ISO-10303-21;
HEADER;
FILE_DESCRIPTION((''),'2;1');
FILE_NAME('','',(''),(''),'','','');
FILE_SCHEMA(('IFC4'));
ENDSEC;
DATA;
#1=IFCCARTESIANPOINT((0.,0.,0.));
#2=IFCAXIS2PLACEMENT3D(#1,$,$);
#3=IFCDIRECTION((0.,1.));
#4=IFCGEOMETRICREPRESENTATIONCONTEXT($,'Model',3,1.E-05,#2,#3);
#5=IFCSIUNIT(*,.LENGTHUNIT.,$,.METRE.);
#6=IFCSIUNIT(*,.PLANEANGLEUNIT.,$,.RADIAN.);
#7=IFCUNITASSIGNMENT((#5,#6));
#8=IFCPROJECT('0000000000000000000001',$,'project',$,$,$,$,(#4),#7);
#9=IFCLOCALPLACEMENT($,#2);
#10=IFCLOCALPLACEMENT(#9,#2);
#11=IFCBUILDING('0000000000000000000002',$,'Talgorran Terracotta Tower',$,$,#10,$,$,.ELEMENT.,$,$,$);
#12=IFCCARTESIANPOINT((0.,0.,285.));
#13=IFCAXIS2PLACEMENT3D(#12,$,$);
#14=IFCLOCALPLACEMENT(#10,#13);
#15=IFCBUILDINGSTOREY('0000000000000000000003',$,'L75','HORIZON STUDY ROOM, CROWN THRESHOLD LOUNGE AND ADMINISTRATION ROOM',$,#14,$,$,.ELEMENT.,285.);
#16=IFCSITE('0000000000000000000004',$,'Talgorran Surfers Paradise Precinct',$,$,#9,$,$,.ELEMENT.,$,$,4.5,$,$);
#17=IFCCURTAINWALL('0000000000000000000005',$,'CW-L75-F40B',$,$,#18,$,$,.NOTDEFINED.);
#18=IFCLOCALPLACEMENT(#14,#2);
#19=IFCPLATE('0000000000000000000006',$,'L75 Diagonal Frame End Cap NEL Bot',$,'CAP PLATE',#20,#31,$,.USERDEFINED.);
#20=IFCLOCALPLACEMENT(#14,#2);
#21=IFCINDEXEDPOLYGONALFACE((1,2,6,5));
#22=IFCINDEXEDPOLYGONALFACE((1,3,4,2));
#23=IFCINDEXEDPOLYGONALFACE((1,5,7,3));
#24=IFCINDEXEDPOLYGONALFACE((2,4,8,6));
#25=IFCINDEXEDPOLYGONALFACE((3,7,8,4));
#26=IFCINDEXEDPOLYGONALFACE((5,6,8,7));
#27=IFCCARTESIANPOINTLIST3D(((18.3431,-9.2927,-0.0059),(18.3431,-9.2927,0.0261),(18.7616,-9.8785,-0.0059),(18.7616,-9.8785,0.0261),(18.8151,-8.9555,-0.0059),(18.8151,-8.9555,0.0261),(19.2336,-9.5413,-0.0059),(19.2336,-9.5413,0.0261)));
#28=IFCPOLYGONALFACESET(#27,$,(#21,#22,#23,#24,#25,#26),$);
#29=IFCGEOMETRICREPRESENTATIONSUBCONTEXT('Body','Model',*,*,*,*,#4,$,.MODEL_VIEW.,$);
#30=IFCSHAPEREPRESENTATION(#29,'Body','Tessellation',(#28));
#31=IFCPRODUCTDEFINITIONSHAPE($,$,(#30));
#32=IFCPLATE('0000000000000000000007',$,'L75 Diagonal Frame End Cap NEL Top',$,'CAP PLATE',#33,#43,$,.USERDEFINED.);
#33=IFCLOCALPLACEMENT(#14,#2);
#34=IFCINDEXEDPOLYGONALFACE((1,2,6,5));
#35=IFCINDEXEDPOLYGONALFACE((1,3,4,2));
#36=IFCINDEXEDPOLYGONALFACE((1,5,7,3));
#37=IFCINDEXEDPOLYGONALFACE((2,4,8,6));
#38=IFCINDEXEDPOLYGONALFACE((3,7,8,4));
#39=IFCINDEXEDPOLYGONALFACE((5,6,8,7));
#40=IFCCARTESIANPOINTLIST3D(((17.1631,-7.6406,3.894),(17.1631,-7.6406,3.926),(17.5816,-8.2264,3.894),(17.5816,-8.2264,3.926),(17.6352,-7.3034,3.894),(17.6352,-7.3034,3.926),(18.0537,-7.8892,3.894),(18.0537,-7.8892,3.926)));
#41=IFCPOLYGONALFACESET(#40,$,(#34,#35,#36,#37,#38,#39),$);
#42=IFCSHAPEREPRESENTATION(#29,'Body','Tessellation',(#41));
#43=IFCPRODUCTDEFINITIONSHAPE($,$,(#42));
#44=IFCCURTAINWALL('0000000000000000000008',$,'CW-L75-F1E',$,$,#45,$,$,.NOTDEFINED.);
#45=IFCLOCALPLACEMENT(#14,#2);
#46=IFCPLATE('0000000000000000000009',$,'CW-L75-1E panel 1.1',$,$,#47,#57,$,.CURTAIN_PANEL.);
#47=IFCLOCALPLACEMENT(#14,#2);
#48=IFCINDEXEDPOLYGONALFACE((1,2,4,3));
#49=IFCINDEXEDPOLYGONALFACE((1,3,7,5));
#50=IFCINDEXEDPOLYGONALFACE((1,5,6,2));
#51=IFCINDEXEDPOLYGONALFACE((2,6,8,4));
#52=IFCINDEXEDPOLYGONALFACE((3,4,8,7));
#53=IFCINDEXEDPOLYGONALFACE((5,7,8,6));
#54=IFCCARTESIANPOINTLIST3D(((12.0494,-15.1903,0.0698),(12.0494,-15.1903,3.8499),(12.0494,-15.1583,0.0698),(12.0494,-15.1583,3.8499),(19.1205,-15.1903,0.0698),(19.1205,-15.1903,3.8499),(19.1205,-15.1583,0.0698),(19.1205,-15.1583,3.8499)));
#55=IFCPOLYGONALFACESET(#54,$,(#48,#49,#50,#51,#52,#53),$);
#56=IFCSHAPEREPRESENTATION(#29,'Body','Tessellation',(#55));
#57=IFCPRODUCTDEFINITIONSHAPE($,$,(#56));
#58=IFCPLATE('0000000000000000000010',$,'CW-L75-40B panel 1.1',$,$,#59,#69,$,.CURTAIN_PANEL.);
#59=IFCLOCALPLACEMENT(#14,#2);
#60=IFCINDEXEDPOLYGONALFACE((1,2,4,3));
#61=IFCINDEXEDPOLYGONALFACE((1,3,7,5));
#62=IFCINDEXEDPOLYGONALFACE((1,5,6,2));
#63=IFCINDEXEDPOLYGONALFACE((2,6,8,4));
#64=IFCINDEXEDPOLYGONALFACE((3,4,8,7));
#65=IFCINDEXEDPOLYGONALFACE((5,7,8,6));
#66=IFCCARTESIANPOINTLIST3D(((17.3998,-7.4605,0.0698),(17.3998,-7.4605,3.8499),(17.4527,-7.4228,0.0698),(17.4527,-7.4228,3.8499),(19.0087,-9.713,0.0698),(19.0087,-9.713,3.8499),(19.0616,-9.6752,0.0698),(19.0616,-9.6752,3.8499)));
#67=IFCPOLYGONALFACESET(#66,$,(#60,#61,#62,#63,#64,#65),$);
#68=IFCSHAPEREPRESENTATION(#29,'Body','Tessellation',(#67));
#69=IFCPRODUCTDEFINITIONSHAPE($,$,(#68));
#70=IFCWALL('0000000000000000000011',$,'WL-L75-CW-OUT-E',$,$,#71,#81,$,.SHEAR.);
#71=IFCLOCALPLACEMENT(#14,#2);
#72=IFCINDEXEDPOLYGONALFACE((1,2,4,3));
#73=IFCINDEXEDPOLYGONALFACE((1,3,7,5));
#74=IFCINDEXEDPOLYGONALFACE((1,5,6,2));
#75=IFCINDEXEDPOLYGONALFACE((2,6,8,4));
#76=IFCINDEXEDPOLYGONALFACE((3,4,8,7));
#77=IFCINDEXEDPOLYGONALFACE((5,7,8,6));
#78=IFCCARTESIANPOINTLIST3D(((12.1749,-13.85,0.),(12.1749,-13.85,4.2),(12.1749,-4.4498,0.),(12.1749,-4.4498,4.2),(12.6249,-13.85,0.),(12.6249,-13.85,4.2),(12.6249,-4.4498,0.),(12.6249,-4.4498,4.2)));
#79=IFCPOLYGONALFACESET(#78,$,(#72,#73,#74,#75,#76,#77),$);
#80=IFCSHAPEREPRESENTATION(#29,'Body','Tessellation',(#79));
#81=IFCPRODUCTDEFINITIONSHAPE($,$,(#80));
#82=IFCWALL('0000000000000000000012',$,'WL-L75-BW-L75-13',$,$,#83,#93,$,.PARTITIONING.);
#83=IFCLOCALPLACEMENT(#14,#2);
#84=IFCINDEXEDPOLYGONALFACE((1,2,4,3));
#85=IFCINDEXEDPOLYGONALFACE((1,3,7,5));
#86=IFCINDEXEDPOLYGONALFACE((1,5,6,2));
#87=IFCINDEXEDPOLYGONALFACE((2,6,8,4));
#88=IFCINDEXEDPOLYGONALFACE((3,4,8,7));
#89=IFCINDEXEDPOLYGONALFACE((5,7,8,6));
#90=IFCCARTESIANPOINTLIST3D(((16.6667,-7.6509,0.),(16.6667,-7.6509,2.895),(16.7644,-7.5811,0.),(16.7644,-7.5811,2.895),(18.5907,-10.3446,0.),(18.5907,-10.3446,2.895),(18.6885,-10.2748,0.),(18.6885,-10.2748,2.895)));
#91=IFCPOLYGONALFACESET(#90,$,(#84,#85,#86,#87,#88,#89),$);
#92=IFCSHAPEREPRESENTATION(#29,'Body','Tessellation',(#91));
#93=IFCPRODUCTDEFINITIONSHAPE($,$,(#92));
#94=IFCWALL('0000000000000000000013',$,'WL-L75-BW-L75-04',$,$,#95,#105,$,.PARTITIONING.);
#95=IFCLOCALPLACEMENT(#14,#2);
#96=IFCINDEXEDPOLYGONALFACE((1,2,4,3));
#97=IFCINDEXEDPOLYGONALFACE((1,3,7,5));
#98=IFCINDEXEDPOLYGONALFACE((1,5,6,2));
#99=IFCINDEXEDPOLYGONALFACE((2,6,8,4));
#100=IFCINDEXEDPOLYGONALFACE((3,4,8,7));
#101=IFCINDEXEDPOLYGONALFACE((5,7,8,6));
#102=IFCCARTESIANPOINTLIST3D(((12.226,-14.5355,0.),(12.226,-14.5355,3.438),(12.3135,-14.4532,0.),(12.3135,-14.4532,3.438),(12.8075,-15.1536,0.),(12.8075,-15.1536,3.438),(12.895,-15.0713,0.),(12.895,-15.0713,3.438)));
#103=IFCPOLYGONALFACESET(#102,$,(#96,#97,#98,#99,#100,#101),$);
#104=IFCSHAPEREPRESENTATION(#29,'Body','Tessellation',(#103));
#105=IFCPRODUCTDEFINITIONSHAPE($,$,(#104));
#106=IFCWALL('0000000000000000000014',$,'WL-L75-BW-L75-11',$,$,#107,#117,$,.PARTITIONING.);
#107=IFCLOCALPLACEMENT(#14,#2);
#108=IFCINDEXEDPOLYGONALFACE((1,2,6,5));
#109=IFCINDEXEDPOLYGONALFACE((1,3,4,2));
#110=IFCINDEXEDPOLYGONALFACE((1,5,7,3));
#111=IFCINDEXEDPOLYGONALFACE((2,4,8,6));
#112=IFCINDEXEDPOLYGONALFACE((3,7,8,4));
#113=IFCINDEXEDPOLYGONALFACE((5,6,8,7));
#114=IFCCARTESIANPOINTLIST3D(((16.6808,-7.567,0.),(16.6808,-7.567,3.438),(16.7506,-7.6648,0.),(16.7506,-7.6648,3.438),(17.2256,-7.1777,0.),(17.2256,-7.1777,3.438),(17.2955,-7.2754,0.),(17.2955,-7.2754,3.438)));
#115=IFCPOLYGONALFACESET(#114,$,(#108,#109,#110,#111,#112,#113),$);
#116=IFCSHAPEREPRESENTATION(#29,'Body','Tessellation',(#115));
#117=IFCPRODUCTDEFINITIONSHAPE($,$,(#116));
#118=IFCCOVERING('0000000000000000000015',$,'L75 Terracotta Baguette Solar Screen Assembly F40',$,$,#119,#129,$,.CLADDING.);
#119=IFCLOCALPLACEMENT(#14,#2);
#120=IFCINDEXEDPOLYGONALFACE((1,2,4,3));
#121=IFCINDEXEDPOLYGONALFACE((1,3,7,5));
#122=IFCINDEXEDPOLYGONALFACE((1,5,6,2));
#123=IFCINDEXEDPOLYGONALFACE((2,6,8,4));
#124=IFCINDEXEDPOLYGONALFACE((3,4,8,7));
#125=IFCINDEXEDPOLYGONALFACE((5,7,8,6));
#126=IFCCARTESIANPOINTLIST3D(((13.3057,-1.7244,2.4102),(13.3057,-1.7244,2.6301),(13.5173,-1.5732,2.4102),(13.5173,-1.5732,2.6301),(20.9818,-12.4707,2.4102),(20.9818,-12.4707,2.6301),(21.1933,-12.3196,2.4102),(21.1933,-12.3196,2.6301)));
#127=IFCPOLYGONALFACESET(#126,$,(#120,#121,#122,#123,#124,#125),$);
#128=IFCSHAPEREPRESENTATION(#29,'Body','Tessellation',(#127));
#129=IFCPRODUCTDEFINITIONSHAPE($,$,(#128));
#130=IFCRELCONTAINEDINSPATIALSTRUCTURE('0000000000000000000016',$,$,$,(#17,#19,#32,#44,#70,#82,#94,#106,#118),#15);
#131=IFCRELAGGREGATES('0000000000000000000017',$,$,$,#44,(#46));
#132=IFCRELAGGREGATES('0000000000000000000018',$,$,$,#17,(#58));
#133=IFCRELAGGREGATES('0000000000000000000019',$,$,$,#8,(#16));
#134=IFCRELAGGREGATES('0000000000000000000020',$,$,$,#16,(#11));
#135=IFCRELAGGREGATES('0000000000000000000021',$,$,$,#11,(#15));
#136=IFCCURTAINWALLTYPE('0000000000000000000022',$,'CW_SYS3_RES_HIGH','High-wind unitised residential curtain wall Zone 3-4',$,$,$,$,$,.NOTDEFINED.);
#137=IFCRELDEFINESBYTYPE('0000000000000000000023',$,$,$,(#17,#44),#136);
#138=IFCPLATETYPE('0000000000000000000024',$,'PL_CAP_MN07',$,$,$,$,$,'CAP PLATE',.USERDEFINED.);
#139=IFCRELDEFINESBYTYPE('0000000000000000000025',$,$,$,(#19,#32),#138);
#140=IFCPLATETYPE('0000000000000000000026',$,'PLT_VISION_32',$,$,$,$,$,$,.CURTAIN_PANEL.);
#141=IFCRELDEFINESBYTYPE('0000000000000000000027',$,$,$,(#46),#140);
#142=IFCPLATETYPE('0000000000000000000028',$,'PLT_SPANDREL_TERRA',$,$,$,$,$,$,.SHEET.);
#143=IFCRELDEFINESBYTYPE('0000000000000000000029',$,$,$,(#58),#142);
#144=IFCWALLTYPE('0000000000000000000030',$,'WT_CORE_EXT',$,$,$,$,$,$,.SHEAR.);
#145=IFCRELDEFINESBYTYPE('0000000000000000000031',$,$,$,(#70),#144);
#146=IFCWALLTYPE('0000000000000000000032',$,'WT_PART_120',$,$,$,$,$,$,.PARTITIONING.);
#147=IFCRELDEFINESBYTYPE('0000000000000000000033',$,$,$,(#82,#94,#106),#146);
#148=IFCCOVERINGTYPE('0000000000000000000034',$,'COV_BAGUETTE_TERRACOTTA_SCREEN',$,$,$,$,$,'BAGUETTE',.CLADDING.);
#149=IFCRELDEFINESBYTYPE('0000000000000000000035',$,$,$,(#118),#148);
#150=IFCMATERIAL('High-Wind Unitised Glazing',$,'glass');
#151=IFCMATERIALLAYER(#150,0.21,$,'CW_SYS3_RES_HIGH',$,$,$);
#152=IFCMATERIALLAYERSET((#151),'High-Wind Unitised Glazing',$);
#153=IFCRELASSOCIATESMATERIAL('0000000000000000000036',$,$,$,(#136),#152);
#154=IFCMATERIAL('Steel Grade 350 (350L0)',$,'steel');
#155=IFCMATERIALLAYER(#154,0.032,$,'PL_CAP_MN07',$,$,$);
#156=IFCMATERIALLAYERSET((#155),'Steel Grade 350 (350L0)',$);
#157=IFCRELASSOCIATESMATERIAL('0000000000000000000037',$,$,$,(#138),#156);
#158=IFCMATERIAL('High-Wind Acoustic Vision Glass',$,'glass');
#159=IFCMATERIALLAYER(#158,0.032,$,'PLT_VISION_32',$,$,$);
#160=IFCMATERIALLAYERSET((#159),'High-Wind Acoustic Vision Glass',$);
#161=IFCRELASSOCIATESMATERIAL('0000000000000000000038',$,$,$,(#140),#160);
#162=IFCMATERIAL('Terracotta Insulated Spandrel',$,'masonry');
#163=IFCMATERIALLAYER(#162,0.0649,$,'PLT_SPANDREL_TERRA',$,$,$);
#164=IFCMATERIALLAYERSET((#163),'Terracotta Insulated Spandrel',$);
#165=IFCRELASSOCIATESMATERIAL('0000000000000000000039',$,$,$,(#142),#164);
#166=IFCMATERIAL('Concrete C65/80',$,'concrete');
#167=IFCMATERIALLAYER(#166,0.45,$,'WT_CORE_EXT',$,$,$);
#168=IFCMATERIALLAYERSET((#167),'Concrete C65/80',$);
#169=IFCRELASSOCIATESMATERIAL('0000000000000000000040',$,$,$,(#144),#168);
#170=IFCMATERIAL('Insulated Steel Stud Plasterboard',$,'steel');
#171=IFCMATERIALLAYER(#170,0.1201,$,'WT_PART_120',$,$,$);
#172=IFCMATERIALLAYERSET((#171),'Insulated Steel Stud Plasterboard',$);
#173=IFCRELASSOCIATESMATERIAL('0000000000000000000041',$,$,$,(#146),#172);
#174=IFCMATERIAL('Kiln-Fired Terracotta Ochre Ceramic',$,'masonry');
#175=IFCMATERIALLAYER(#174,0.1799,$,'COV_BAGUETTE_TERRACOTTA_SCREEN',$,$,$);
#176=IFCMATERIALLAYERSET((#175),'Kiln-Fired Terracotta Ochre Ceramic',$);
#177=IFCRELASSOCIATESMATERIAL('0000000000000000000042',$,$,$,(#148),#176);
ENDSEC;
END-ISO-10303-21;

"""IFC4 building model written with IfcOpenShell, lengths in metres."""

from ifc_helpers import new_model, si_unit, direction, frame, frame_2d, origin, origin_2d, place, context, subcontext, project, spatial, rectangle, extrude, source, transform, mapped, material, layer, layer_set, type_object, type_shapes, element, aggregate, save


model = new_model("IFC4")

# Units and contexts
model_context = context("Model", 3, precision=1e-05, world=origin(), true_north=direction((0.0, 1.0)))
body_context = subcontext(model_context, "Body", "Model", "MODEL_VIEW")
ifc_project = project(units=[si_unit("LENGTHUNIT", "METRE"), si_unit("PLANEANGLEUNIT", "RADIAN")], contexts=[model_context])

# Site, building, storey
site_placement = place(None, origin())
site = spatial("IfcSite", under=ifc_project, at=site_placement, Name="Talgorran Surfers Paradise Precinct", CompositionType="ELEMENT", RefElevation=4.5)
building_placement = place(site_placement, origin())
building = spatial("IfcBuilding", under=site, at=building_placement, Name="Talgorran Terracotta Tower", CompositionType="ELEMENT")
storey_placement = place(building_placement, frame((0.0, 0.0, 285.0)))
storey = spatial("IfcBuildingStorey", under=building, at=storey_placement, Name="L75", Description="HORIZON STUDY ROOM, CROWN THRESHOLD LOUNGE AND ADMINISTRATION ROOM", CompositionType="ELEMENT", Elevation=285.0)

# Shared definitions
ifc_material_1 = material(Name="Steel Grade 350 (350L0)", Category="steel")

# Curtain wall
ifc_material_2 = material(Name="High-Wind Unitised Glazing", Category="glass")
ifc_layer_1 = layer(ifc_material_2, 0.21, Name="CW_SYS3_RES_HIGH")
ifc_layer_set_1 = layer_set([ifc_layer_1], Name="High-Wind Unitised Glazing")
curtain_wall_type = type_object("IfcCurtainWallType", Name="CW_SYS3_RES_HIGH", Description="High-wind unitised residential curtain wall Zone 3-4", PredefinedType="NOTDEFINED", material=ifc_layer_set_1)
curtain_wall_1_placement = place(storey_placement, origin())
curtain_wall_1 = element("IfcCurtainWall", 1, at=curtain_wall_1_placement, inside=storey, type_object=curtain_wall_type, Name="CW-L75-F40B", PredefinedType="NOTDEFINED")

# Plates
ifc_layer_2 = layer(ifc_material_1, 0.032, Name="PL_CAP_MN07")
ifc_layer_set_2 = layer_set([ifc_layer_2], Name="Steel Grade 350 (350L0)")
plate_type_1 = type_object("IfcPlateType", Name="PL_CAP_MN07", ElementType="CAP PLATE", PredefinedType="USERDEFINED", material=ifc_layer_set_2)
for number, where, z_axis, x_axis, name in (
    (2, (18.7883, -9.417, -0.0059), (0.0, 0.0, 1.0), (-0.581271, 0.81371, 0.0), "L75 Diagonal Frame End Cap NEL Bot"),
    (3, (17.6084, -7.7649, 3.894), (0.0, 0.0, 1.0), (-0.581271, 0.81371, 0.0), "L75 Diagonal Frame End Cap NEL Top"),
):
    element("IfcPlate", number, at=place(storey_placement, frame(where, z_axis=z_axis, x_axis=x_axis)), inside=storey, type_object=plate_type_1, Name=name, ObjectType="CAP PLATE", PredefinedType="USERDEFINED", context=body_context, shape_type="SweptSolid", body=[
        extrude(rectangle(XDim=0.72, YDim=0.5801, at=origin_2d()), origin(), (0.0, 0.0, 1.0), 0.032),
    ])

# Curtain wall, plate
curtain_wall_2_placement = place(storey_placement, origin())
curtain_wall_2 = element("IfcCurtainWall", 4, at=curtain_wall_2_placement, inside=storey, type_object=curtain_wall_type, Name="CW-L75-F1E", PredefinedType="NOTDEFINED")
ifc_material_3 = material(Name="High-Wind Acoustic Vision Glass", Category="glass")
ifc_layer_3 = layer(ifc_material_3, 0.032, Name="PLT_VISION_32")
ifc_layer_set_3 = layer_set([ifc_layer_3], Name="High-Wind Acoustic Vision Glass")
plate_type_2 = type_object("IfcPlateType", Name="PLT_VISION_32", PredefinedType="CURTAIN_PANEL", material=ifc_layer_set_3)
shared_shape_1 = source(origin(), body_context, "Body", "SweptSolid", [
    extrude(rectangle(XDim=7.071, YDim=0.032, at=origin_2d()), origin(), (0.0, 0.0, 1.0), 3.78),
])
type_shapes(plate_type_2, [shared_shape_1])
plate_1_placement = place(storey_placement, frame((15.585, -15.1743, 0.0698), z_axis=(0.0, 0.0, 1.0), x_axis=(1.0, 0.0, 0.0)))
plate_1 = element("IfcPlate", 5, at=plate_1_placement, type_object=plate_type_2, Name="CW-L75-1E panel 1.1", PredefinedType="CURTAIN_PANEL", context=body_context, shape_type="MappedRepresentation", body=[
    mapped(shared_shape_1, transform((0.0, 0.0, 0.0), scale=1.0)),
])
aggregate(curtain_wall_2, [plate_1])

# Plate
ifc_material_4 = material(Name="Terracotta Insulated Spandrel", Category="masonry")
ifc_layer_4 = layer(ifc_material_4, 0.0649, Name="PLT_SPANDREL_TERRA")
ifc_layer_set_4 = layer_set([ifc_layer_4], Name="Terracotta Insulated Spandrel")
plate_type_3 = type_object("IfcPlateType", Name="PLT_SPANDREL_TERRA", PredefinedType="SHEET", material=ifc_layer_set_4)
shared_shape_2 = source(origin(), body_context, "Body", "SweptSolid", [
    extrude(rectangle(XDim=2.7681, YDim=0.0649, at=origin_2d()), origin(), (0.0, 0.0, 1.0), 3.78),
])
type_shapes(plate_type_3, [shared_shape_2])
plate_2_placement = place(storey_placement, frame((18.2307, -8.5679, 0.0698), z_axis=(0.0, 0.0, 1.0), x_axis=(-0.581235, 0.813736, 0.0)))
plate_2 = element("IfcPlate", 6, at=plate_2_placement, type_object=plate_type_3, Name="CW-L75-40B panel 1.1", PredefinedType="CURTAIN_PANEL", context=body_context, shape_type="MappedRepresentation", body=[
    mapped(shared_shape_2, transform((0.0, 0.0, 0.0), scale=1.0)),
])
aggregate(curtain_wall_1, [plate_2])

# Walls
ifc_material_5 = material(Name="Concrete C65/80", Category="concrete")
ifc_layer_5 = layer(ifc_material_5, 0.45, Name="WT_CORE_EXT")
ifc_layer_set_5 = layer_set([ifc_layer_5], Name="Concrete C65/80")
wall_type_1 = type_object("IfcWallType", Name="WT_CORE_EXT", PredefinedType="SHEAR", material=ifc_layer_set_5)
wall_1_placement = place(storey_placement, frame((12.3999, -13.8501, 0.0), z_axis=(0.0, 0.0, 1.0), x_axis=(0.0, 1.0, 0.0)))
element("IfcWall", 7, at=wall_1_placement, inside=storey, type_object=wall_type_1, Name="WL-L75-CW-OUT-E", PredefinedType="SHEAR", context=body_context, shape_type="SweptSolid", body=[
    extrude(rectangle(XDim=9.4001, YDim=0.45, at=frame_2d((4.7002, 0.0))), origin(), (0.0, 0.0, 1.0), 4.2),
])
ifc_material_6 = material(Name="Insulated Steel Stud Plasterboard", Category="steel")
ifc_layer_6 = layer(ifc_material_6, 0.1201, Name="WT_PART_120")
ifc_layer_set_6 = layer_set([ifc_layer_6], Name="Insulated Steel Stud Plasterboard")
wall_type_2 = type_object("IfcWallType", Name="WT_PART_120", PredefinedType="PARTITIONING", material=ifc_layer_set_6)
wall_2_placement = place(storey_placement, frame((18.6396, -10.3098, 0.0), z_axis=(0.0, 0.0, 1.0), x_axis=(-0.581217, 0.813748, 0.0)))
element("IfcWall", 8, at=wall_2_placement, inside=storey, type_object=wall_type_2, Name="WL-L75-BW-L75-13", PredefinedType="PARTITIONING", context=body_context, shape_type="SweptSolid", body=[
    extrude(rectangle(XDim=3.3103, YDim=0.1201, at=frame_2d((1.6553, 0.0))), origin(), (0.0, 0.0, 1.0), 2.895),
])
wall_3_placement = place(storey_placement, frame((12.2698, -14.4944, 0.0), z_axis=(0.0, 0.0, 1.0), x_axis=(0.685203, -0.728352, 0.0)))
element("IfcWall", 9, at=wall_3_placement, inside=storey, type_object=wall_type_2, Name="WL-L75-BW-L75-04", PredefinedType="PARTITIONING", context=body_context, shape_type="SweptSolid", body=[
    extrude(rectangle(XDim=0.8486, YDim=0.1201, at=frame_2d((0.4243, 0.0))), origin(), (0.0, 0.0, 1.0), 3.438),
])
wall_4_placement = place(storey_placement, frame((16.7156, -7.616, 0.0), z_axis=(0.0, 0.0, 1.0), x_axis=(0.81361, 0.581411, 0.0)))
element("IfcWall", 10, at=wall_4_placement, inside=storey, type_object=wall_type_2, Name="WL-L75-BW-L75-11", PredefinedType="PARTITIONING", context=body_context, shape_type="SweptSolid", body=[
    extrude(rectangle(XDim=0.6697, YDim=0.1201, at=frame_2d((0.335, 0.0))), origin(), (0.0, 0.0, 1.0), 3.438),
])

# Covering
ifc_material_7 = material(Name="Kiln-Fired Terracotta Ochre Ceramic", Category="masonry")
ifc_layer_7 = layer(ifc_material_7, 0.1799, Name="COV_BAGUETTE_TERRACOTTA_SCREEN")
ifc_layer_set_7 = layer_set([ifc_layer_7], Name="Kiln-Fired Terracotta Ochre Ceramic")
covering_type = type_object("IfcCoveringType", Name="COV_BAGUETTE_TERRACOTTA_SCREEN", ElementType="BAGUETTE", PredefinedType="CLADDING", material=ifc_layer_set_7)
covering_placement = place(storey_placement, frame((17.2495, -7.022, 2.4102), z_axis=(0.0, 0.0, 1.0), x_axis=(-0.581243, 0.81373, 0.0)))
element("IfcCovering", 11, at=covering_placement, inside=storey, type_object=covering_type, Name="L75 Terracotta Baguette Solar Screen Assembly F40", PredefinedType="CLADDING", context=body_context, shape_type="SweptSolid", body=[
    extrude(rectangle(XDim=13.2063, YDim=0.26, at=origin_2d()), origin(), (0.0, 0.0, 1.0), 0.22),
])

save(model, "model.ifc")
